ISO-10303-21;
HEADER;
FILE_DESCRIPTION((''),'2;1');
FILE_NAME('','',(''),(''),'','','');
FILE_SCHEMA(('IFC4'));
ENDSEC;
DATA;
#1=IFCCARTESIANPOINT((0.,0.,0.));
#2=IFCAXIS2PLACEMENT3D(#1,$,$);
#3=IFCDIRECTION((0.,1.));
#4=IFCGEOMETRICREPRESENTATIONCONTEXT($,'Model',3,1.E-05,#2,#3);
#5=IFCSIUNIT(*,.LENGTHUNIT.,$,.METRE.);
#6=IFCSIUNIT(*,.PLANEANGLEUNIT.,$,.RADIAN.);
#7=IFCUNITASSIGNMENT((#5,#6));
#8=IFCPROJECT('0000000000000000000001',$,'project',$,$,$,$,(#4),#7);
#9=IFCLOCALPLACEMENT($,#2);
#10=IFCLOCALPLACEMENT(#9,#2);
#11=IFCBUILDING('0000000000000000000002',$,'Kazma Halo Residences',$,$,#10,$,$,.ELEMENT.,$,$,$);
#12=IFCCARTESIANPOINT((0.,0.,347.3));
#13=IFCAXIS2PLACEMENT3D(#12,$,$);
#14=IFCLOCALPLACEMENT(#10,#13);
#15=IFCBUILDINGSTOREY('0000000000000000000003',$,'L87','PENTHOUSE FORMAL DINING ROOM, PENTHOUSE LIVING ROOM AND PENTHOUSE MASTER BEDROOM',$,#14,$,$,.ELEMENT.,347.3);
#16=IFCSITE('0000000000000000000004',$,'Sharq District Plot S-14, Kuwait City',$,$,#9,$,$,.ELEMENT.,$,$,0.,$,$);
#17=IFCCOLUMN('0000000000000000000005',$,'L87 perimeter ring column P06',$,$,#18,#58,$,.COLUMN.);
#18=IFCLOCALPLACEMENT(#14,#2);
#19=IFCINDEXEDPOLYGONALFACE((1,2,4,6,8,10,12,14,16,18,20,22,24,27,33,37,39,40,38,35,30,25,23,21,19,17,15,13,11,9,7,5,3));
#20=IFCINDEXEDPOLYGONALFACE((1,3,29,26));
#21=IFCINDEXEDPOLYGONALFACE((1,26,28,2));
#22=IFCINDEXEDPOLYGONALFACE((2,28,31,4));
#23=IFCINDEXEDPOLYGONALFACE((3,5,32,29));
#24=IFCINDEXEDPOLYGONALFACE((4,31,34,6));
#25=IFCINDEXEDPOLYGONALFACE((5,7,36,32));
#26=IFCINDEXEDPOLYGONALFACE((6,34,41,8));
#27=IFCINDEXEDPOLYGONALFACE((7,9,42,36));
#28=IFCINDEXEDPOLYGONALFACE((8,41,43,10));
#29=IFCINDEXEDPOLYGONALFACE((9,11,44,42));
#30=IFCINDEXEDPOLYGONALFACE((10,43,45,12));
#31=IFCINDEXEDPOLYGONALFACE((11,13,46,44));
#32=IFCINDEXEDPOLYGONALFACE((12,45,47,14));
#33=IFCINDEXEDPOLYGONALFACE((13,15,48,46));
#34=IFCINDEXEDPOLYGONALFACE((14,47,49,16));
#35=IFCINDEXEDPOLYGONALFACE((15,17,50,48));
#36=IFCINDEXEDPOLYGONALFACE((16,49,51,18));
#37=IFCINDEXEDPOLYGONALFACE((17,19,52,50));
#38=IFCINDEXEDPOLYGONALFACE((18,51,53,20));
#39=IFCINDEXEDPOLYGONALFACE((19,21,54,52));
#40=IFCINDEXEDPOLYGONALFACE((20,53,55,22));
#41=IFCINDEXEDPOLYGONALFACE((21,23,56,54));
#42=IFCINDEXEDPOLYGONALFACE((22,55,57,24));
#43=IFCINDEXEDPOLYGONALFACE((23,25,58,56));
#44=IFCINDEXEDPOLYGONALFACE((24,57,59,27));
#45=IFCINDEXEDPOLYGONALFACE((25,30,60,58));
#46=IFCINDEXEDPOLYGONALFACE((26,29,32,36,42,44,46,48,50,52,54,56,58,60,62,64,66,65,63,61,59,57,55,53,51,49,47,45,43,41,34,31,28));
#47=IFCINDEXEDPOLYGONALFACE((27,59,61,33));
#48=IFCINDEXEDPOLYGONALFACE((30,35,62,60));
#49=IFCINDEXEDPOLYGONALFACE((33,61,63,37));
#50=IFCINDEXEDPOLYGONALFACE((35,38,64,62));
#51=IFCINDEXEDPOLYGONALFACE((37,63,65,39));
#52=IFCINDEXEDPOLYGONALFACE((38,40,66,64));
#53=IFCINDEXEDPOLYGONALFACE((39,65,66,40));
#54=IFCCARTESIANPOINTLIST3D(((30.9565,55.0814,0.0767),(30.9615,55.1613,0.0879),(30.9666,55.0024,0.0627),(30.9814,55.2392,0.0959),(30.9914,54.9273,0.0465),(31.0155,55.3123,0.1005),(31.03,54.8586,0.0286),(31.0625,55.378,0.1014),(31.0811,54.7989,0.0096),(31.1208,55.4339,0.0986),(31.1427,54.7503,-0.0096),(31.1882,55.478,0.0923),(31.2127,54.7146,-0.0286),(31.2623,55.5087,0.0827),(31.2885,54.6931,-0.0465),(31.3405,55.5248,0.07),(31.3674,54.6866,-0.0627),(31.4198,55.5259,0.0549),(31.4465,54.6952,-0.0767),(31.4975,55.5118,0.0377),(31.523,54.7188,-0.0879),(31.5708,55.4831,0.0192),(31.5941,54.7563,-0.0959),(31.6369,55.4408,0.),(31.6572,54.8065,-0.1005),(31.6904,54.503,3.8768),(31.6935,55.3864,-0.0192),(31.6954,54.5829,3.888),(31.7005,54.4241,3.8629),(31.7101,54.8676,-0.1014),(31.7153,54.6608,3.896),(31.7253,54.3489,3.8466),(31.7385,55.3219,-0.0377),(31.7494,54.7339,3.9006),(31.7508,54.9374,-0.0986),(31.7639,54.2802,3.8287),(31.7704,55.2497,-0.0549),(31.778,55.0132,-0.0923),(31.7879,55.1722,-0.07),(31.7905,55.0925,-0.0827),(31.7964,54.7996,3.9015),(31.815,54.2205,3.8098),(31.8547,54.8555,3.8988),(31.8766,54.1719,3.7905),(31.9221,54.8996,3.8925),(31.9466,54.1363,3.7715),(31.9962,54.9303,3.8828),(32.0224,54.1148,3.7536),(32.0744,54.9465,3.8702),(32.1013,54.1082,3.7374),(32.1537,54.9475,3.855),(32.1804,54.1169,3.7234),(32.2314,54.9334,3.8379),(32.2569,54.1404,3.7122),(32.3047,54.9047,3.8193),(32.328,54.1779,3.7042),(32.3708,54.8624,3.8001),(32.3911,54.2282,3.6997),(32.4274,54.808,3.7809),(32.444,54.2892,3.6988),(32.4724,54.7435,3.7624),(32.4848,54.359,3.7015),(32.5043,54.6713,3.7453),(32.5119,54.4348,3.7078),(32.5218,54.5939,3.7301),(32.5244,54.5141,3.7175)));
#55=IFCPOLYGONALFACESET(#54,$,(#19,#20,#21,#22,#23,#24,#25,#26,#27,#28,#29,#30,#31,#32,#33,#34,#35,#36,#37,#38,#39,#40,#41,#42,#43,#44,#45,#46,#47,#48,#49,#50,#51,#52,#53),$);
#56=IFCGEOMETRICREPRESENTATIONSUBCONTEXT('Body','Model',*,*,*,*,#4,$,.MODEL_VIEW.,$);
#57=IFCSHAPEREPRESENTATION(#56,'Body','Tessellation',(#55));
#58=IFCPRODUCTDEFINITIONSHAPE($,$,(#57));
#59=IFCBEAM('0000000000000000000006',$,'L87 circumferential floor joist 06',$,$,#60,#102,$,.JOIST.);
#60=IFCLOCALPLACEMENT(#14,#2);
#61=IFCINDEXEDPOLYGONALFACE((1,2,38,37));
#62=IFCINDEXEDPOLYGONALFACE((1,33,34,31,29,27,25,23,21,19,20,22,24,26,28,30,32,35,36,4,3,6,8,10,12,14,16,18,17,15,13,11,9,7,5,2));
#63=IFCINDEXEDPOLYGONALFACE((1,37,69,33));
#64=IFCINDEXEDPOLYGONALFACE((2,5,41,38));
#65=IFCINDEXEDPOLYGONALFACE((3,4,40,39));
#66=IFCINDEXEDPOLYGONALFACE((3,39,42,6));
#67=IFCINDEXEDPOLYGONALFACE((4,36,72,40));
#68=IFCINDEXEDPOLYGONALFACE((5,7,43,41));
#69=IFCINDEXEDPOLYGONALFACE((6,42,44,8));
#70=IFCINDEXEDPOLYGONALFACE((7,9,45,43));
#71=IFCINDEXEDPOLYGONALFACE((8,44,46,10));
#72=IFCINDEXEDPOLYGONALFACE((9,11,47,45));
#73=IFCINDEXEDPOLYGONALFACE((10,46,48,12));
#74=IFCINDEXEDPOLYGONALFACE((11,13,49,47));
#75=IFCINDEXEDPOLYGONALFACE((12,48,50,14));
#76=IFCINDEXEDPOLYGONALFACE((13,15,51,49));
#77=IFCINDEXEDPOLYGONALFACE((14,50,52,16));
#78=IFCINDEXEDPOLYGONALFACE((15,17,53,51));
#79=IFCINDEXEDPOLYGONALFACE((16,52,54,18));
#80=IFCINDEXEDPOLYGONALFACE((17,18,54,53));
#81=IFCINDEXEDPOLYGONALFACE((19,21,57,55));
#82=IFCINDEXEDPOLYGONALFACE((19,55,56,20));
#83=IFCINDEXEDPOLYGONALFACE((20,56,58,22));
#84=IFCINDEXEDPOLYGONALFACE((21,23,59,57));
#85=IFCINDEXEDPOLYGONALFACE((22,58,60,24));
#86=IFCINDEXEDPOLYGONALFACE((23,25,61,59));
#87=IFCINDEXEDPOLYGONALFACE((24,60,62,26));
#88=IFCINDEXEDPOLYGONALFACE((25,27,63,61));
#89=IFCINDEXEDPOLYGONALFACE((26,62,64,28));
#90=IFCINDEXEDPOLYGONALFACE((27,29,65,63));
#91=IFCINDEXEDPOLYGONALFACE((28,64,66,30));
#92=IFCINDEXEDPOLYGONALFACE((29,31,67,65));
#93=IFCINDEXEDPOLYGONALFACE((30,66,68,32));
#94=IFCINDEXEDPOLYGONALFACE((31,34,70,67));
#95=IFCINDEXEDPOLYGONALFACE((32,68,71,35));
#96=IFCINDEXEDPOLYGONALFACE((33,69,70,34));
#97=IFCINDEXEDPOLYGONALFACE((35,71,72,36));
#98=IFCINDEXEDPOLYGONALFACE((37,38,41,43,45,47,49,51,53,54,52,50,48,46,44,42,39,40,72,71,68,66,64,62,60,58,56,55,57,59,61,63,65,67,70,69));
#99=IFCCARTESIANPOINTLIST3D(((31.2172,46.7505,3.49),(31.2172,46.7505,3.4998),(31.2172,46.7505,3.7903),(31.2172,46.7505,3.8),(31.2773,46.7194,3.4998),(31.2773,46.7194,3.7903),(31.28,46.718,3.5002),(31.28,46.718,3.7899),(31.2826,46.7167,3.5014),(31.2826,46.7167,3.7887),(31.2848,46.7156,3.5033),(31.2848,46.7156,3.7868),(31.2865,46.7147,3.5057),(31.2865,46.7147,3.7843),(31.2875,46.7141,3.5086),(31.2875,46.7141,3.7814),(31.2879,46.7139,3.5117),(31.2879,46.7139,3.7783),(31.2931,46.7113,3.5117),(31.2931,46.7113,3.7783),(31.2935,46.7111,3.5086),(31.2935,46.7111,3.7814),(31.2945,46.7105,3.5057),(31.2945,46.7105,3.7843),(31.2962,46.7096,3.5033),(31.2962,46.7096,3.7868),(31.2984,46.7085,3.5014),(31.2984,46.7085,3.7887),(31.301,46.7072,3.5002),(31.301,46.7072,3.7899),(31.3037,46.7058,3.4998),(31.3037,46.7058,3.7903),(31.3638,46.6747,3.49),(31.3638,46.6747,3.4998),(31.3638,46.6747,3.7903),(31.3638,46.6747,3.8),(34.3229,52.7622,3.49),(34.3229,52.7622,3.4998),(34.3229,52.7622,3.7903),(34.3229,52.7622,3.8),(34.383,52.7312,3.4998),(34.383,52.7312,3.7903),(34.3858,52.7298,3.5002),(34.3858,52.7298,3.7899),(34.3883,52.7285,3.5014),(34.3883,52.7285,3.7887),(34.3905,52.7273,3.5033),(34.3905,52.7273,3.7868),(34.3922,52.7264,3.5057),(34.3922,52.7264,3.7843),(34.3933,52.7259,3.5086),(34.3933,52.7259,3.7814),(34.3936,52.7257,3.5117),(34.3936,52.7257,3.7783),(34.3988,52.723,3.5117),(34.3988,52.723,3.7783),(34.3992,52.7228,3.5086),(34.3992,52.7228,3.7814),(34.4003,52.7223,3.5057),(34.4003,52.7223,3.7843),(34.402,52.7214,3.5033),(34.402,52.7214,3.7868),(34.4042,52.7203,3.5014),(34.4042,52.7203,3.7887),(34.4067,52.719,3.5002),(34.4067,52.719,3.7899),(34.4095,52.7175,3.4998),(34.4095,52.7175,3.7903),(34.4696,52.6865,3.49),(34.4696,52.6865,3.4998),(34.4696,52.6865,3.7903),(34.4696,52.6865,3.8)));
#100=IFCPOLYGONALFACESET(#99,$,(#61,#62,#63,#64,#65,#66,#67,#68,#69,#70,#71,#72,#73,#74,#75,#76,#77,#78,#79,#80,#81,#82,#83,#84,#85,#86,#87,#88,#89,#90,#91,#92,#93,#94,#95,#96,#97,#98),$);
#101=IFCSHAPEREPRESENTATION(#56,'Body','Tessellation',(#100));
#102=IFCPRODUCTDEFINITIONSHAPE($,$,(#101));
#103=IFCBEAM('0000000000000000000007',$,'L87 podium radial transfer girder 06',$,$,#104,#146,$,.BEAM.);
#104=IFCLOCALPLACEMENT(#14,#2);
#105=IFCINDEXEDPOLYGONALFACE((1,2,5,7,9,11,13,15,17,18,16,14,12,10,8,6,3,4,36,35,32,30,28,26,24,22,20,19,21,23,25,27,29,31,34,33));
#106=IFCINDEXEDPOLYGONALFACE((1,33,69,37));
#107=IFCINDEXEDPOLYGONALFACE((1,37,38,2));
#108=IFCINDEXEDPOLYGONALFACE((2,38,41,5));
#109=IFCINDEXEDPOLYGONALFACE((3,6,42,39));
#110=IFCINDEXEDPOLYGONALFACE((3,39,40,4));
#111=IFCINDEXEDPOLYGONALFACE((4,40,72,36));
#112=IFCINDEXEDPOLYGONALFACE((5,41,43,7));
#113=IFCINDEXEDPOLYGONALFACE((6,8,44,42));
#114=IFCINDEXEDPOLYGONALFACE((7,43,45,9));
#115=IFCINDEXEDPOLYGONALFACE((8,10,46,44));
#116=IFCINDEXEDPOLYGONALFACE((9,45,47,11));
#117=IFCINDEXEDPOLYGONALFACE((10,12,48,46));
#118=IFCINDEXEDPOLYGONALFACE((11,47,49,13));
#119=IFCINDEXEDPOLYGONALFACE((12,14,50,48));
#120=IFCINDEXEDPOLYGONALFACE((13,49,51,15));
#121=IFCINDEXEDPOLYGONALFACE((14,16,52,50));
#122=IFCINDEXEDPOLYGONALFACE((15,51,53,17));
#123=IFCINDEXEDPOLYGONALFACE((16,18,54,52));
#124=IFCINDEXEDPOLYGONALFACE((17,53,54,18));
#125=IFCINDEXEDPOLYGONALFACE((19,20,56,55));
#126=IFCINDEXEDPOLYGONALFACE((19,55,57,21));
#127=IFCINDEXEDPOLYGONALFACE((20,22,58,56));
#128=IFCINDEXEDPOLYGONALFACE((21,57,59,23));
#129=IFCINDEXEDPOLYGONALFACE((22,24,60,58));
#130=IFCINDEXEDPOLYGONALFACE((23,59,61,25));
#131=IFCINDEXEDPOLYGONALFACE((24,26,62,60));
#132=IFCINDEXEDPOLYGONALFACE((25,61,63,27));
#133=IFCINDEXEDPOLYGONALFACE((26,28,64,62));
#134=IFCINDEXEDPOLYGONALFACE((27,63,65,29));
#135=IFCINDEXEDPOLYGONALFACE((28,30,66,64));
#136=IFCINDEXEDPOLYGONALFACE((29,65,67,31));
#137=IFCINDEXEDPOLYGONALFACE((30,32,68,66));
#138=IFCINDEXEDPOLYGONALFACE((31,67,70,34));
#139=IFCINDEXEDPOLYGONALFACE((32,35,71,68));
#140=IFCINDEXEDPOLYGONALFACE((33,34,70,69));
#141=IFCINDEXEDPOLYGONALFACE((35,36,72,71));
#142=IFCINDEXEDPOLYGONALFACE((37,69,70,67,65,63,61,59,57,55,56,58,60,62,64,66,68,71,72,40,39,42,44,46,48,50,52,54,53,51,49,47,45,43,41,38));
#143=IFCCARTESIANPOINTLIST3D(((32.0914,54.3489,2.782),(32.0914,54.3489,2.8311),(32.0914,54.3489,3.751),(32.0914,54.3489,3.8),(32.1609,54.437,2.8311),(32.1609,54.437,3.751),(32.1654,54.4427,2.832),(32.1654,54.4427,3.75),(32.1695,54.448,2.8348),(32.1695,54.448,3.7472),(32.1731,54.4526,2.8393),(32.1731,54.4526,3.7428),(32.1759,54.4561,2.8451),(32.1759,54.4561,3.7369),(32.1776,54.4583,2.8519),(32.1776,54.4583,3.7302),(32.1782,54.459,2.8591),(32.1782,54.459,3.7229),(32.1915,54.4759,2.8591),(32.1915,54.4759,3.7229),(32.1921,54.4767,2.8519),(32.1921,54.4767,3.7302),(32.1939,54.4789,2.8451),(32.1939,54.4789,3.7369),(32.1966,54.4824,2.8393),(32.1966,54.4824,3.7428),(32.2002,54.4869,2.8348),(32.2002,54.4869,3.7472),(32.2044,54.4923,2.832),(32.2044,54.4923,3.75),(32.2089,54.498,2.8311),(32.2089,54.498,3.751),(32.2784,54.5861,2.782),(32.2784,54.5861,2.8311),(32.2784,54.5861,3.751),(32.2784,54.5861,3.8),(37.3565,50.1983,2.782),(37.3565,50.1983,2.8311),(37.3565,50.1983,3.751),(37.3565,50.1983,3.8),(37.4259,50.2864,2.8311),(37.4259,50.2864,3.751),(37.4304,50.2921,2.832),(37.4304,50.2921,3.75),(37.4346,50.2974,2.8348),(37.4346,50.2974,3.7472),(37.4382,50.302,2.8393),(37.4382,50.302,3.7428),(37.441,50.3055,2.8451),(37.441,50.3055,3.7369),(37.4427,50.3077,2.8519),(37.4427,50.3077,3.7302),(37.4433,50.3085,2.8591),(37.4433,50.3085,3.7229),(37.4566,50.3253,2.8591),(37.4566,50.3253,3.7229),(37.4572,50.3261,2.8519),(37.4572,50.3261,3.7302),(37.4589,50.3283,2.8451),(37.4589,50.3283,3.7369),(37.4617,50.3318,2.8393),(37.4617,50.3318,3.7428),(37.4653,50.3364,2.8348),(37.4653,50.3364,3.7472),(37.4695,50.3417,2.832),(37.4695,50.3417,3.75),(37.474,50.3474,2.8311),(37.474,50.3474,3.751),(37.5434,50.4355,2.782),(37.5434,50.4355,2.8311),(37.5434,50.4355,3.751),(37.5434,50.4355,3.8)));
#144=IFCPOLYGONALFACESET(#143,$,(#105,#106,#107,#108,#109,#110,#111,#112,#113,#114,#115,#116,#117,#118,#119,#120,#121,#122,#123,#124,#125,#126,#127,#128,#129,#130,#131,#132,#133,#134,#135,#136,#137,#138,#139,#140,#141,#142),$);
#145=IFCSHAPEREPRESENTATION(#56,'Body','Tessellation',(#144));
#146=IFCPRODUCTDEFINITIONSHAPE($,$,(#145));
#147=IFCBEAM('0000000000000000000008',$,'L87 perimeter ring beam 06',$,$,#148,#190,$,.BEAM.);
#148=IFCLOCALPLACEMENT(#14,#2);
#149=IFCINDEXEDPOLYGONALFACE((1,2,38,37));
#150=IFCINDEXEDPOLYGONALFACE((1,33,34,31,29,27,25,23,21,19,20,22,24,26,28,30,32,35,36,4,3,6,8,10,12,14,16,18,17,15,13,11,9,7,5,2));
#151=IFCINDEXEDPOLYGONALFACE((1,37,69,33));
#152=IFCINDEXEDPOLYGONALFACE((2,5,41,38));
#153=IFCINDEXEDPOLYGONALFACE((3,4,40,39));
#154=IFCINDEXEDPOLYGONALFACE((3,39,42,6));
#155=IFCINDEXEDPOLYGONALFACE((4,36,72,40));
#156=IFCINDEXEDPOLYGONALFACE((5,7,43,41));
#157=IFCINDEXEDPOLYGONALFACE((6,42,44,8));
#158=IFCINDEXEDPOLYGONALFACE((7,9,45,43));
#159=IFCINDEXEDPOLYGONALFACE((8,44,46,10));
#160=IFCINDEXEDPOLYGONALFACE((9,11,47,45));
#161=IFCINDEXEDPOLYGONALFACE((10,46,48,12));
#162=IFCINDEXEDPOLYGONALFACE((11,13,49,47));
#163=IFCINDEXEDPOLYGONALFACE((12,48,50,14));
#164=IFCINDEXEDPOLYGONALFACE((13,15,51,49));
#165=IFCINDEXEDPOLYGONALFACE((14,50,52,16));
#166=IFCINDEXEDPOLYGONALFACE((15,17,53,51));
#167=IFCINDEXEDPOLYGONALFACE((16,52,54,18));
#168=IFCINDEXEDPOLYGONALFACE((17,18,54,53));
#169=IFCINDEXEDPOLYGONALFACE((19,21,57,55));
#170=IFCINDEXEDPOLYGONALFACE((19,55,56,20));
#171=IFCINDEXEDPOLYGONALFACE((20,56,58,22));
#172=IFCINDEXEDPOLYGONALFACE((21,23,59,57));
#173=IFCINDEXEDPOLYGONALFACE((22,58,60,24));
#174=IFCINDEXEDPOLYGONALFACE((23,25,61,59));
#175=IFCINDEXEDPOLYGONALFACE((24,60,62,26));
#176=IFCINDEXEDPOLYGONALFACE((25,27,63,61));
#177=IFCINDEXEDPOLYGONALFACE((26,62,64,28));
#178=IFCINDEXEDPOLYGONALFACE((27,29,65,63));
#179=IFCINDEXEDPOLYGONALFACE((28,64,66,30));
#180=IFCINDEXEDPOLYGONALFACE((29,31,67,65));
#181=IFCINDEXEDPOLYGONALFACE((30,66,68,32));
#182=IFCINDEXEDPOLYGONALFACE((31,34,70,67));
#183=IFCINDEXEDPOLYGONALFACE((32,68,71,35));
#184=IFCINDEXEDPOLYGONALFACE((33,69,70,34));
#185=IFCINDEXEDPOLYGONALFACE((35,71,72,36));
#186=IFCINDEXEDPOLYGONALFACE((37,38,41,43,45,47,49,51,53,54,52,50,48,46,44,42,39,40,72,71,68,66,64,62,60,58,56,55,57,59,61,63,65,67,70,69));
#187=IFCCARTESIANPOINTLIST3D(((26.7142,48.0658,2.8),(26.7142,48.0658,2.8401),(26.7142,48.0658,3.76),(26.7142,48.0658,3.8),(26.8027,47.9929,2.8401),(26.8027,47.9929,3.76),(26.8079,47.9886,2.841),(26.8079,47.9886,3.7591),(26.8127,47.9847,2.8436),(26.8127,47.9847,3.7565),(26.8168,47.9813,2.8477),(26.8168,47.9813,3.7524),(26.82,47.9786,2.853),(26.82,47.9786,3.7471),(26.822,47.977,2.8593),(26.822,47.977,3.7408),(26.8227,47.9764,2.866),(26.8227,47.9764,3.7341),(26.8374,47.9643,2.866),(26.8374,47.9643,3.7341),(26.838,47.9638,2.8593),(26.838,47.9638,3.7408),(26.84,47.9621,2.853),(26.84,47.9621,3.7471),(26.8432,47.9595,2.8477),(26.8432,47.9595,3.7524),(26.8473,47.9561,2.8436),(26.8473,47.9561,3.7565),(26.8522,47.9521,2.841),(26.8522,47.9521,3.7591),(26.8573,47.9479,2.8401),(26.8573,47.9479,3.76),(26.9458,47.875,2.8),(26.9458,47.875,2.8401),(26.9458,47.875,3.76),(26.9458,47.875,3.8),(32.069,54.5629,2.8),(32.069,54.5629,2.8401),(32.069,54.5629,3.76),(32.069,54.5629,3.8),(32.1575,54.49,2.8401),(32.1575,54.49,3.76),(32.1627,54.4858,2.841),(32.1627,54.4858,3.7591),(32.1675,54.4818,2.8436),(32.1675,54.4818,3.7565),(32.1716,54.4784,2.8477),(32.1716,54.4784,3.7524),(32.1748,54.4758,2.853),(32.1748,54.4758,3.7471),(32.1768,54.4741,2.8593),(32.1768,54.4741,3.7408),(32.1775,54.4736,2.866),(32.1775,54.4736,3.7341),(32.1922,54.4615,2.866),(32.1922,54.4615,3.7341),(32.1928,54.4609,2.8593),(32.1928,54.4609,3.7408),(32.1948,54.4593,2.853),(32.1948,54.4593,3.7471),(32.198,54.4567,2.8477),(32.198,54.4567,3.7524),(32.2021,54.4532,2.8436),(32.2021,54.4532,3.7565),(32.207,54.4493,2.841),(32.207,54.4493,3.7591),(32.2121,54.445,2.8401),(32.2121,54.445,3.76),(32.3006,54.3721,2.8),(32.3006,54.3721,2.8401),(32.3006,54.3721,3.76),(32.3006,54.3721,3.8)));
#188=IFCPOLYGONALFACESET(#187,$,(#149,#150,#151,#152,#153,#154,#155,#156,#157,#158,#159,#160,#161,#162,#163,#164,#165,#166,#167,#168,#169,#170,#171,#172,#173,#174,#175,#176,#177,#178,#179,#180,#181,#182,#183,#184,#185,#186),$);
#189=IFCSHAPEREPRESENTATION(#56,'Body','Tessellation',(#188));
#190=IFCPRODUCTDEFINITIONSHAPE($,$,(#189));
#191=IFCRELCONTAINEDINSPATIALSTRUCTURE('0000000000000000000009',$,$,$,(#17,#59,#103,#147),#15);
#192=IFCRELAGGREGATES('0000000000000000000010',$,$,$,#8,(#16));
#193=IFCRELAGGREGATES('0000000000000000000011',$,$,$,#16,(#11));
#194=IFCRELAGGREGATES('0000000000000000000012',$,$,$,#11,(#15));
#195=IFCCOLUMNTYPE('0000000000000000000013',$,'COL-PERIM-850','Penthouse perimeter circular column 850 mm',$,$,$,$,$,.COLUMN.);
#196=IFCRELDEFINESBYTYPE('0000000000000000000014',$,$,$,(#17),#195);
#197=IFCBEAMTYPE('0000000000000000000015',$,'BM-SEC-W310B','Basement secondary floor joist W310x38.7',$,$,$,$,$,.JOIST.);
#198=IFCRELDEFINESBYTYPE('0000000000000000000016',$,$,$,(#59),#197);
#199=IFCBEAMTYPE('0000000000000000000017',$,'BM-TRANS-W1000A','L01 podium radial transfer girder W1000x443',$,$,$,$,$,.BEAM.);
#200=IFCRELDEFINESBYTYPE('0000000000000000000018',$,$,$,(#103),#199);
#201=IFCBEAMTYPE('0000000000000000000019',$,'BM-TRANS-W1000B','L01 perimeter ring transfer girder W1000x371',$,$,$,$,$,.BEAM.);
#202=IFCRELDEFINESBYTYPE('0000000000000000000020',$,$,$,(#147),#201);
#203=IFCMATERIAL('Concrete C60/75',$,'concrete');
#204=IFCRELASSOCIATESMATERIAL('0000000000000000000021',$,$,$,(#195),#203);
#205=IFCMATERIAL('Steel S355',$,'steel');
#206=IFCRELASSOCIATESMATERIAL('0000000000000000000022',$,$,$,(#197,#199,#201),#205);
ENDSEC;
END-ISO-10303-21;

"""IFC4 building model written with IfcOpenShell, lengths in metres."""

from ifc_helpers import new_model, si_unit, direction, frame, origin, origin_2d, place, context, subcontext, project, spatial, circle, i_section, extrude, material, material_profile, profile_set, type_object, element, save


model = new_model("IFC4")

# Units and contexts
model_context = context("Model", 3, precision=1e-05, world=origin(), true_north=direction((0.0, 1.0)))
body_context = subcontext(model_context, "Body", "Model", "MODEL_VIEW")
ifc_project = project(units=[si_unit("LENGTHUNIT", "METRE"), si_unit("PLANEANGLEUNIT", "RADIAN")], contexts=[model_context])

# Site, building, storey
site_placement = place(None, origin())
site = spatial("IfcSite", under=ifc_project, at=site_placement, Name="Sharq District Plot S-14, Kuwait City", CompositionType="ELEMENT", RefElevation=0.0)
building_placement = place(site_placement, origin())
building = spatial("IfcBuilding", under=site, at=building_placement, Name="Kazma Halo Residences", CompositionType="ELEMENT")
storey_placement = place(building_placement, frame((0.0, 0.0, 347.3)))
storey = spatial("IfcBuildingStorey", under=building, at=storey_placement, Name="L87", Description="PENTHOUSE FORMAL DINING ROOM, PENTHOUSE LIVING ROOM AND PENTHOUSE MASTER BEDROOM", CompositionType="ELEMENT", Elevation=347.3)

# Column
ifc_material_1 = material(Name="Concrete C60/75", Category="concrete")
ifc_material_profile_1 = material_profile(ifc_material_1, circle(Radius=0.425, at=origin_2d()), Name="CIRC850")
ifc_profile_set_1 = profile_set([ifc_material_profile_1], Name="Concrete C60/75")
column_type = type_object("IfcColumnType", Name="COL-PERIM-850", Description="Penthouse perimeter circular column 850 mm", PredefinedType="COLUMN", material=ifc_profile_set_1)
column_placement = place(storey_placement, frame((31.3738, 55.1069, 0.0), z_axis=(0.187539, -0.147798, 0.971074), x_axis=(0.618975, 0.785411, 0.0)))
element("IfcColumn", 1, at=column_placement, inside=storey, type_object=column_type, Name="L87 perimeter ring column P06", PredefinedType="COLUMN", context=body_context, shape_type="SweptSolid", body=[
    extrude(circle(Radius=0.425, at=origin_2d()), origin(), (0.0, 0.0, 1.0), 3.9133),
])

# Beams
ifc_material_2 = material(Name="Steel S355", Category="steel")
ifc_material_profile_2 = material_profile(ifc_material_2, i_section(OverallWidth=0.165, OverallDepth=0.3101, WebThickness=0.0059, FlangeThickness=0.0098, FilletRadius=0.012, at=origin_2d()), Name="W310x38.7")
ifc_profile_set_2 = profile_set([ifc_material_profile_2], Name="Steel S355")
beam_type_1 = type_object("IfcBeamType", Name="BM-SEC-W310B", Description="Basement secondary floor joist W310x38.7", PredefinedType="JOIST", material=ifc_profile_set_2)
beam_1_placement = place(storey_placement, frame((34.3962, 52.7244, 3.645), z_axis=(-0.45898, -0.888447, 0.0), x_axis=(0.888447, -0.45898, 0.0)))
element("IfcBeam", 2, at=beam_1_placement, inside=storey, type_object=beam_type_1, Name="L87 circumferential floor joist 06", PredefinedType="JOIST", context=body_context, shape_type="SweptSolid", body=[
    extrude(i_section(OverallWidth=0.165, OverallDepth=0.3101, WebThickness=0.0059, FlangeThickness=0.0098, FilletRadius=0.012, at=origin_2d()), origin(), (0.0, 0.0, 1.0), 6.7666),
])
ifc_material_profile_3 = material_profile(ifc_material_2, i_section(OverallWidth=0.302, OverallDepth=1.0181, WebThickness=0.0215, FlangeThickness=0.0491, FilletRadius=0.0281, at=origin_2d()), Name="W1000x443")
ifc_profile_set_3 = profile_set([ifc_material_profile_3], Name="Steel S355")
beam_type_2 = type_object("IfcBeamType", Name="BM-TRANS-W1000A", Description="L01 podium radial transfer girder W1000x443", PredefinedType="BEAM", material=ifc_profile_set_3)
beam_2_placement = place(storey_placement, frame((37.45, 50.3169, 3.291), z_axis=(-0.785322, 0.619088, 0.0), x_axis=(-0.619088, -0.785322, 0.0)))
element("IfcBeam", 3, at=beam_2_placement, inside=storey, type_object=beam_type_2, Name="L87 podium radial transfer girder 06", PredefinedType="BEAM", context=body_context, shape_type="SweptSolid", body=[
    extrude(i_section(OverallWidth=0.302, OverallDepth=1.0181, WebThickness=0.0215, FlangeThickness=0.0491, FilletRadius=0.0281, at=origin_2d()), origin(), (0.0, 0.0, 1.0), 6.7043),
])
ifc_material_profile_4 = material_profile(ifc_material_2, i_section(OverallWidth=0.3, OverallDepth=1.0, WebThickness=0.019, FlangeThickness=0.04, FilletRadius=0.0259, at=origin_2d()), Name="W1000x371")
ifc_profile_set_4 = profile_set([ifc_material_profile_4], Name="Steel S355")
beam_type_3 = type_object("IfcBeamType", Name="BM-TRANS-W1000B", Description="L01 perimeter ring transfer girder W1000x371", PredefinedType="BEAM", material=ifc_profile_set_4)
beam_3_placement = place(storey_placement, frame((32.1848, 54.4675, 3.3), z_axis=(-0.636005, -0.771685, 0.0), x_axis=(0.771685, -0.636005, 0.0)))
element("IfcBeam", 4, at=beam_3_placement, inside=storey, type_object=beam_type_3, Name="L87 perimeter ring beam 06", PredefinedType="BEAM", context=body_context, shape_type="SweptSolid", body=[
    extrude(i_section(OverallWidth=0.3, OverallDepth=1.0, WebThickness=0.019, FlangeThickness=0.04, FilletRadius=0.0259, at=origin_2d()), origin(), (0.0, 0.0, 1.0), 8.4194),
])

save(model, "model.ifc")
